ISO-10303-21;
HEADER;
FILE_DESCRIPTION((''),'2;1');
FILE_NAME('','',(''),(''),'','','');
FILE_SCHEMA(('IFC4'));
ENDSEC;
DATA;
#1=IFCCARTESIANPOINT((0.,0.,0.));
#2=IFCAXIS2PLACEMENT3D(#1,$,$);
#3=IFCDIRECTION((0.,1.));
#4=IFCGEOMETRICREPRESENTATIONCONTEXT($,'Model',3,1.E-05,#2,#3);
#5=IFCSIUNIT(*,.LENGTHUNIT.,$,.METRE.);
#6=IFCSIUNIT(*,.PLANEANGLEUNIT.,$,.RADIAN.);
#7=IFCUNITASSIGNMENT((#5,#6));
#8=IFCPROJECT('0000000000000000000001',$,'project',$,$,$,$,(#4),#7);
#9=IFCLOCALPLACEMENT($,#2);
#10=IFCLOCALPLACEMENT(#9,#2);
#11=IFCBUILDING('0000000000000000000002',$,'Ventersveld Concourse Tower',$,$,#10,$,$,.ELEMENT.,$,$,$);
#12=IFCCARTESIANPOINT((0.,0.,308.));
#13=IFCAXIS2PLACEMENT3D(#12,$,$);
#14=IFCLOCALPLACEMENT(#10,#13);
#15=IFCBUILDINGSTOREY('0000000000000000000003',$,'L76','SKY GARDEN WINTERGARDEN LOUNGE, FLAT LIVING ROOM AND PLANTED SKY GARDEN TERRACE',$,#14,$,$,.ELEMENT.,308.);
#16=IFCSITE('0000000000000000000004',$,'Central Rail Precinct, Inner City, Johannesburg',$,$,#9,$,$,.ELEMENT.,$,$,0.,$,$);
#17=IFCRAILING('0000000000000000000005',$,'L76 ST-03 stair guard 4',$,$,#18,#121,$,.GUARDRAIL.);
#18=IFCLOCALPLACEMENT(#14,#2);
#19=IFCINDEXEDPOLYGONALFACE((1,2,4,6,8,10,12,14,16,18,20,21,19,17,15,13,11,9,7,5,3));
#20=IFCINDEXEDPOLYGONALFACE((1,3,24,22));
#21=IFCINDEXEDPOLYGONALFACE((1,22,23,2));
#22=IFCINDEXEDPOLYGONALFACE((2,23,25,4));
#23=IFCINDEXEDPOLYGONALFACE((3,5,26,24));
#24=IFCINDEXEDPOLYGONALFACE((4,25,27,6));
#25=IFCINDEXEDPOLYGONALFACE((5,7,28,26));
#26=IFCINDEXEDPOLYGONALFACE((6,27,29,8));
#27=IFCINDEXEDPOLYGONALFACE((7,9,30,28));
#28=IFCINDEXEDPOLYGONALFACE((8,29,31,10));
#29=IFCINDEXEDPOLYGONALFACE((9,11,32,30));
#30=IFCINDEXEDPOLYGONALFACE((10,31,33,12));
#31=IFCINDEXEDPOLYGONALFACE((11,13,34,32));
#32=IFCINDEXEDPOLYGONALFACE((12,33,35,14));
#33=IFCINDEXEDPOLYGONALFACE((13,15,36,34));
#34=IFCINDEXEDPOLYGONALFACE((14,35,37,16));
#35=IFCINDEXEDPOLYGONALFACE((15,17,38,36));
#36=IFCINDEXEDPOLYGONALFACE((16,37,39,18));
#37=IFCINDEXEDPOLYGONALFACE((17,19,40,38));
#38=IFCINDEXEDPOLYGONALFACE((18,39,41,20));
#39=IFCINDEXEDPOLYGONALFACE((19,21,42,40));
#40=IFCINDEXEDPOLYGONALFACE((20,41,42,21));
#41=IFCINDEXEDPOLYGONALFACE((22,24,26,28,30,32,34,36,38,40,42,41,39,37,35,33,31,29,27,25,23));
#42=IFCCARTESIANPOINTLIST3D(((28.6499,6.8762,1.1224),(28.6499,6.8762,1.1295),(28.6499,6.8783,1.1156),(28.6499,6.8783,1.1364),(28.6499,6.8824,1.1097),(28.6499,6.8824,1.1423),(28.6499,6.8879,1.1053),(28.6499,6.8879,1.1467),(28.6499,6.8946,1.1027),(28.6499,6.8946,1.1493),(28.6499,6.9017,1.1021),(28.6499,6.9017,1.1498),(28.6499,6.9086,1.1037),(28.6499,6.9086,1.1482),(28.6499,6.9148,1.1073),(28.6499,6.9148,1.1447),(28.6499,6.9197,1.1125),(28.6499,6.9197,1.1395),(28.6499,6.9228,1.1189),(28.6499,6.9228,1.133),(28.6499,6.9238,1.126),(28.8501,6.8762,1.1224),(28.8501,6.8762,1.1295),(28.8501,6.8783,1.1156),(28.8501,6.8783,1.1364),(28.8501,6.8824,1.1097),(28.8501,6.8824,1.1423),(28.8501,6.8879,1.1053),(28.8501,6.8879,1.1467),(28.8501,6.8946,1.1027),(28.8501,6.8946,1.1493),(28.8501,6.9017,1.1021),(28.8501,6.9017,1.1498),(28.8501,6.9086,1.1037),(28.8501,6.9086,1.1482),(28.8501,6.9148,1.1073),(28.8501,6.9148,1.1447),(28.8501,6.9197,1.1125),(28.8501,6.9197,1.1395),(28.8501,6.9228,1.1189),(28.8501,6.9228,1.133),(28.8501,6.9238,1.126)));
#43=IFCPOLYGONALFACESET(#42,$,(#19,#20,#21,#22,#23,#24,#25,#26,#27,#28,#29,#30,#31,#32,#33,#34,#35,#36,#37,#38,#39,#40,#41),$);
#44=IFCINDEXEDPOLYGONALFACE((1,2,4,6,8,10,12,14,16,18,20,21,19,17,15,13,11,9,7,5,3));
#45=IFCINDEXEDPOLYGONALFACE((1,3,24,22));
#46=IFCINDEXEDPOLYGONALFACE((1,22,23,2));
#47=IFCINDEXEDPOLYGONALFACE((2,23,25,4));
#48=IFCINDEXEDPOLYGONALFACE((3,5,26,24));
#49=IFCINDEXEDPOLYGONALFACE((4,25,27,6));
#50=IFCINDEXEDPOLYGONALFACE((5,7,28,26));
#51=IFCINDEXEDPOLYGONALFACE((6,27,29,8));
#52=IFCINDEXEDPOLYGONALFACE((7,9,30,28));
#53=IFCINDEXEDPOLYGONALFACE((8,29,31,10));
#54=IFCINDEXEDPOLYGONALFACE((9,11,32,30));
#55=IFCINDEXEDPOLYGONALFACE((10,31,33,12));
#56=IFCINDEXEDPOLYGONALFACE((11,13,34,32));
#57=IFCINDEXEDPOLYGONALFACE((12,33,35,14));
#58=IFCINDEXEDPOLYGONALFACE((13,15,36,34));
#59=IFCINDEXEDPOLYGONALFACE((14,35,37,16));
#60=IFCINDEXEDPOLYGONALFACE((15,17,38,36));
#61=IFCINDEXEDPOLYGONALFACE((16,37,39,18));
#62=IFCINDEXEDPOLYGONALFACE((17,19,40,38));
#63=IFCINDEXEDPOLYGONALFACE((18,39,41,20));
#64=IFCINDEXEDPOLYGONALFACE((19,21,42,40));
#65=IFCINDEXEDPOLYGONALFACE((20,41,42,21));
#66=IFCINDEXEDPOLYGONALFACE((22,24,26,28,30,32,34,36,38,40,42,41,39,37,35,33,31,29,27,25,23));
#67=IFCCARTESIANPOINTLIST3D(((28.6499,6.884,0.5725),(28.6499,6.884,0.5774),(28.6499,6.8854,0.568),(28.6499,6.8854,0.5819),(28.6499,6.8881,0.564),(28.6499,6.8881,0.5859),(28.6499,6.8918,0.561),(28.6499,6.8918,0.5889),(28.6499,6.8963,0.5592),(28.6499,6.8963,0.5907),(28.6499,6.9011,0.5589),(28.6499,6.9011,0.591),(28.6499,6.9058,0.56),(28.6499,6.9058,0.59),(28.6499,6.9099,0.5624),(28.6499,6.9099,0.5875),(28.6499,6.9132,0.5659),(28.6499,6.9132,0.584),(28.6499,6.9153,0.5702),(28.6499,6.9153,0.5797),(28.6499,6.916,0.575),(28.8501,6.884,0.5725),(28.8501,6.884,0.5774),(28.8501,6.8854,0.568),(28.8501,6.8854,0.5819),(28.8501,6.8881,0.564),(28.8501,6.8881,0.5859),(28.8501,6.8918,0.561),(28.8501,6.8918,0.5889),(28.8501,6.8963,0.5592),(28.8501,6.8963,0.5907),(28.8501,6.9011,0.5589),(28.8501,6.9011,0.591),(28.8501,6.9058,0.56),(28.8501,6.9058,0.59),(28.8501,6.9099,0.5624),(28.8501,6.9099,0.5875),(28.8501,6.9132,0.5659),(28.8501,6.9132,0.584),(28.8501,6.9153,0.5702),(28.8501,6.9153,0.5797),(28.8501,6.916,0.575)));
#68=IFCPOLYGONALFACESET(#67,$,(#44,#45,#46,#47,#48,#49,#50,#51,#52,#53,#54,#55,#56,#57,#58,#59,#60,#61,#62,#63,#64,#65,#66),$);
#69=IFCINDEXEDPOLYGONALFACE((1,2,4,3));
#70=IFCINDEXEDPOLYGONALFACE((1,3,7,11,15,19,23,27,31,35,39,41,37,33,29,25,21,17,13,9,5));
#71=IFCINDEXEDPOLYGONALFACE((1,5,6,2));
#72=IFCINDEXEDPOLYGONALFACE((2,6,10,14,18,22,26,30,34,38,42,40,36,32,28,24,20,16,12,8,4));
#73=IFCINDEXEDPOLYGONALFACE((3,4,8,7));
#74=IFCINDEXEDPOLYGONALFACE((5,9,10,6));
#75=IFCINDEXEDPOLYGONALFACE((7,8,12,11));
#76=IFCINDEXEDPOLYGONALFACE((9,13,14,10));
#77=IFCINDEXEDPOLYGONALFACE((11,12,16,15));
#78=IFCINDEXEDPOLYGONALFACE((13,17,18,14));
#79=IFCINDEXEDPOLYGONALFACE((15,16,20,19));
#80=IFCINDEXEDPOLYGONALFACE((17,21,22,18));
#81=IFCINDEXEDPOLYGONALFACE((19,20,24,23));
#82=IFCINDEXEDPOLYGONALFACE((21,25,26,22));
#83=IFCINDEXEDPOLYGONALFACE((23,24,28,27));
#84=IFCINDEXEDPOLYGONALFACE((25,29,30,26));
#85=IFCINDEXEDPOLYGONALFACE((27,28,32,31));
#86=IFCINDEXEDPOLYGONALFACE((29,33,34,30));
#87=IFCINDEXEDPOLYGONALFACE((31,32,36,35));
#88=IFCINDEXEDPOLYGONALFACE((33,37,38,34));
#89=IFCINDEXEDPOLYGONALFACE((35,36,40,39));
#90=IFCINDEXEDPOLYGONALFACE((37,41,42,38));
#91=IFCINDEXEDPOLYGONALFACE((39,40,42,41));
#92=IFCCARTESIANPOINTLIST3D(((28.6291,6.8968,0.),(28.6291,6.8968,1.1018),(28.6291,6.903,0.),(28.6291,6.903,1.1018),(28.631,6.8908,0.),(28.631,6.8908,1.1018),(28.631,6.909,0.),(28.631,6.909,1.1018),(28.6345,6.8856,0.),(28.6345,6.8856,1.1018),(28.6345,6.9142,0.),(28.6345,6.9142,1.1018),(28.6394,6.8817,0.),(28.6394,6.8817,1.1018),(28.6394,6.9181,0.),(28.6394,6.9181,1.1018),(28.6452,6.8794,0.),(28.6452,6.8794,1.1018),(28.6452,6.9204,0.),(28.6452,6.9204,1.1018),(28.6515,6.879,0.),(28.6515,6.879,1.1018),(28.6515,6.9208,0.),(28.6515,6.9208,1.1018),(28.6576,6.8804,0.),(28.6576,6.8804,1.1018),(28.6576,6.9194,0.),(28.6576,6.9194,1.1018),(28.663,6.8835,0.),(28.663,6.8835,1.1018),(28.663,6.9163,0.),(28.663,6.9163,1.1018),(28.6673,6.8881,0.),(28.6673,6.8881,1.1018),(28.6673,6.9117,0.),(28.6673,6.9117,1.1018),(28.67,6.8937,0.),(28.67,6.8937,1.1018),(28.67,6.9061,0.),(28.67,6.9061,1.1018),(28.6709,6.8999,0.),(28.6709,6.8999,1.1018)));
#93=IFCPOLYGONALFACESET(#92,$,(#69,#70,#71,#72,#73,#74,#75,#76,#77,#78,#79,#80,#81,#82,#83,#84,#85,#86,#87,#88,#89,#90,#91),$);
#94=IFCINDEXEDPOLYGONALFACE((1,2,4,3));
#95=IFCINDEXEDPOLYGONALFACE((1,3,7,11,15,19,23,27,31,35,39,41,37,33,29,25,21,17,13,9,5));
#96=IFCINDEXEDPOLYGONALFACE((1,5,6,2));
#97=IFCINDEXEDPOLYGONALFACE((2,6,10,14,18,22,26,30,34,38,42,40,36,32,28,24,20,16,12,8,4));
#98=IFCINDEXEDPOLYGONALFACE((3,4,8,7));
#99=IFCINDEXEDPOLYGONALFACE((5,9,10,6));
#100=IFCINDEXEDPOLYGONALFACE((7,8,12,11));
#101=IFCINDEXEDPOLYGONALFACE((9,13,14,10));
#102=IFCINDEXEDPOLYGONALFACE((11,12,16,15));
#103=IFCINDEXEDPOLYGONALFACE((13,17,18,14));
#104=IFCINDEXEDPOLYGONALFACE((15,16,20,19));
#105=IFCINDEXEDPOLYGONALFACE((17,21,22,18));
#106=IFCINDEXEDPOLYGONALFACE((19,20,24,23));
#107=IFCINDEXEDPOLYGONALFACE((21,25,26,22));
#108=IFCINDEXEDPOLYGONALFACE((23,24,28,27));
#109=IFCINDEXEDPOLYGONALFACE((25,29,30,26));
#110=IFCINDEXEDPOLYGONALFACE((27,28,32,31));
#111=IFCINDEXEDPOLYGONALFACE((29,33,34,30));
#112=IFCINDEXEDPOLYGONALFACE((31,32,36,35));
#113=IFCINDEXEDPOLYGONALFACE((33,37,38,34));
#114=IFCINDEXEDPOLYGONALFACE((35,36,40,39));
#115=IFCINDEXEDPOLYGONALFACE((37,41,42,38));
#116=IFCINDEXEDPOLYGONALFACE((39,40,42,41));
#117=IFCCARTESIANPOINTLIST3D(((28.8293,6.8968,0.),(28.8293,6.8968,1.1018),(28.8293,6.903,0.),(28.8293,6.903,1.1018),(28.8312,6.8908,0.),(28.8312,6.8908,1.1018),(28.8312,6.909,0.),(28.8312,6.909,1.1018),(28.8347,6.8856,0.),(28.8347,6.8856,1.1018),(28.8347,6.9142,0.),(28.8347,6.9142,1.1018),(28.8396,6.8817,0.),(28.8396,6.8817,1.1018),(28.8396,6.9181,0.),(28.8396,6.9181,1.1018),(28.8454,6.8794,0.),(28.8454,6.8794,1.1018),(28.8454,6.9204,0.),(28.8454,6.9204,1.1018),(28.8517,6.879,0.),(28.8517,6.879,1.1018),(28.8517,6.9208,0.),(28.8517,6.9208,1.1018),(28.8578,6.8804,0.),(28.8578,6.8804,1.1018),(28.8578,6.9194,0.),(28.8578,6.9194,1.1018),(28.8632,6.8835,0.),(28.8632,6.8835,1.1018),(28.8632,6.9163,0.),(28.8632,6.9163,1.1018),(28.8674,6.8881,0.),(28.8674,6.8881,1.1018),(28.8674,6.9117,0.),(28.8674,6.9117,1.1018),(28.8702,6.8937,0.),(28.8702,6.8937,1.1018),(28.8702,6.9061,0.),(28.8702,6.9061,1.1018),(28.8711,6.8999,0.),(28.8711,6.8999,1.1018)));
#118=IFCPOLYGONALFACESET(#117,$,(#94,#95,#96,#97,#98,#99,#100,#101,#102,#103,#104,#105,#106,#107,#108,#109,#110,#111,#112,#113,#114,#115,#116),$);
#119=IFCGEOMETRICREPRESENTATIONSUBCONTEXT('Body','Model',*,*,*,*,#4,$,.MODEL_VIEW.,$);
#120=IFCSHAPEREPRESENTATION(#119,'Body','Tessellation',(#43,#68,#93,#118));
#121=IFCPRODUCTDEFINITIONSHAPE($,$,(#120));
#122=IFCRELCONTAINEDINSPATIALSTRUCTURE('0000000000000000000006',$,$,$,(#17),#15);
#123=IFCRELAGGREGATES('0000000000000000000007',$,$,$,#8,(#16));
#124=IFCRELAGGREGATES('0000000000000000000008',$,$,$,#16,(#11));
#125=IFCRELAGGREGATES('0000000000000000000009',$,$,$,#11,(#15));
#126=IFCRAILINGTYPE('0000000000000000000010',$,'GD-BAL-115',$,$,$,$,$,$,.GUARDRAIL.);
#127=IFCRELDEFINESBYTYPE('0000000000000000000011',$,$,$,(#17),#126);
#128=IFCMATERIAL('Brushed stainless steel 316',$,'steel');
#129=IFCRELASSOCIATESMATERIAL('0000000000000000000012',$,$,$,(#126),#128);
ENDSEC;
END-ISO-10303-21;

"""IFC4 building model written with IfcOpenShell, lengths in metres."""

from ifc_helpers import new_model, si_unit, direction, frame, origin, origin_2d, place, context, subcontext, project, spatial, circle, extrude, material, type_object, element, save


model = new_model("IFC4")

# Units and contexts
model_context = context("Model", 3, precision=1e-05, world=origin(), true_north=direction((0.0, 1.0)))
body_context = subcontext(model_context, "Body", "Model", "MODEL_VIEW")
ifc_project = project(units=[si_unit("LENGTHUNIT", "METRE"), si_unit("PLANEANGLEUNIT", "RADIAN")], contexts=[model_context])

# Site, building, storey
site_placement = place(None, origin())
site = spatial("IfcSite", under=ifc_project, at=site_placement, Name="Central Rail Precinct, Inner City, Johannesburg", CompositionType="ELEMENT", RefElevation=0.0)
building_placement = place(site_placement, origin())
building = spatial("IfcBuilding", under=site, at=building_placement, Name="Ventersveld Concourse Tower", CompositionType="ELEMENT")
storey_placement = place(building_placement, frame((0.0, 0.0, 308.0)))
storey = spatial("IfcBuildingStorey", under=building, at=storey_placement, Name="L76", Description="SKY GARDEN WINTERGARDEN LOUNGE, FLAT LIVING ROOM AND PLANTED SKY GARDEN TERRACE", CompositionType="ELEMENT", Elevation=308.0)

# Shared definitions
ifc_material_1 = material(Name="Brushed stainless steel 316", Category="steel")

# Railing
railing_type_1 = type_object("IfcRailingType", Name="GD-BAL-115", PredefinedType="GUARDRAIL", material=ifc_material_1)
railing_1_placement = place(storey_placement, frame((28.6499, 6.8999, 0.0)))
element("IfcRailing", 1, at=railing_1_placement, inside=storey, type_object=railing_type_1, Name="L76 ST-03 stair guard 4", PredefinedType="GUARDRAIL", context=body_context, shape_type="SweptSolid", body=[
    extrude(circle(Radius=0.0239, at=origin_2d()), frame((0.0, 0.0, 1.126), z_axis=(1.0, 0.0, 0.0), x_axis=(0.0, 1.0, 0.0)), (0.0, 0.0, 1.0), 0.2002),
    extrude(circle(Radius=0.0161, at=origin_2d()), frame((0.0, 0.0, 0.575), z_axis=(1.0, 0.0, 0.0), x_axis=(0.0, 1.0, 0.0)), (0.0, 0.0, 1.0), 0.2002),
    extrude(circle(Radius=0.021, at=origin_2d()), origin(), (0.0, 0.0, 1.0), 1.1018),
    extrude(circle(Radius=0.021, at=origin_2d()), frame((0.2002, 0.0, 0.0)), (0.0, 0.0, 1.0), 1.1018),
])

save(model, "model.ifc")
